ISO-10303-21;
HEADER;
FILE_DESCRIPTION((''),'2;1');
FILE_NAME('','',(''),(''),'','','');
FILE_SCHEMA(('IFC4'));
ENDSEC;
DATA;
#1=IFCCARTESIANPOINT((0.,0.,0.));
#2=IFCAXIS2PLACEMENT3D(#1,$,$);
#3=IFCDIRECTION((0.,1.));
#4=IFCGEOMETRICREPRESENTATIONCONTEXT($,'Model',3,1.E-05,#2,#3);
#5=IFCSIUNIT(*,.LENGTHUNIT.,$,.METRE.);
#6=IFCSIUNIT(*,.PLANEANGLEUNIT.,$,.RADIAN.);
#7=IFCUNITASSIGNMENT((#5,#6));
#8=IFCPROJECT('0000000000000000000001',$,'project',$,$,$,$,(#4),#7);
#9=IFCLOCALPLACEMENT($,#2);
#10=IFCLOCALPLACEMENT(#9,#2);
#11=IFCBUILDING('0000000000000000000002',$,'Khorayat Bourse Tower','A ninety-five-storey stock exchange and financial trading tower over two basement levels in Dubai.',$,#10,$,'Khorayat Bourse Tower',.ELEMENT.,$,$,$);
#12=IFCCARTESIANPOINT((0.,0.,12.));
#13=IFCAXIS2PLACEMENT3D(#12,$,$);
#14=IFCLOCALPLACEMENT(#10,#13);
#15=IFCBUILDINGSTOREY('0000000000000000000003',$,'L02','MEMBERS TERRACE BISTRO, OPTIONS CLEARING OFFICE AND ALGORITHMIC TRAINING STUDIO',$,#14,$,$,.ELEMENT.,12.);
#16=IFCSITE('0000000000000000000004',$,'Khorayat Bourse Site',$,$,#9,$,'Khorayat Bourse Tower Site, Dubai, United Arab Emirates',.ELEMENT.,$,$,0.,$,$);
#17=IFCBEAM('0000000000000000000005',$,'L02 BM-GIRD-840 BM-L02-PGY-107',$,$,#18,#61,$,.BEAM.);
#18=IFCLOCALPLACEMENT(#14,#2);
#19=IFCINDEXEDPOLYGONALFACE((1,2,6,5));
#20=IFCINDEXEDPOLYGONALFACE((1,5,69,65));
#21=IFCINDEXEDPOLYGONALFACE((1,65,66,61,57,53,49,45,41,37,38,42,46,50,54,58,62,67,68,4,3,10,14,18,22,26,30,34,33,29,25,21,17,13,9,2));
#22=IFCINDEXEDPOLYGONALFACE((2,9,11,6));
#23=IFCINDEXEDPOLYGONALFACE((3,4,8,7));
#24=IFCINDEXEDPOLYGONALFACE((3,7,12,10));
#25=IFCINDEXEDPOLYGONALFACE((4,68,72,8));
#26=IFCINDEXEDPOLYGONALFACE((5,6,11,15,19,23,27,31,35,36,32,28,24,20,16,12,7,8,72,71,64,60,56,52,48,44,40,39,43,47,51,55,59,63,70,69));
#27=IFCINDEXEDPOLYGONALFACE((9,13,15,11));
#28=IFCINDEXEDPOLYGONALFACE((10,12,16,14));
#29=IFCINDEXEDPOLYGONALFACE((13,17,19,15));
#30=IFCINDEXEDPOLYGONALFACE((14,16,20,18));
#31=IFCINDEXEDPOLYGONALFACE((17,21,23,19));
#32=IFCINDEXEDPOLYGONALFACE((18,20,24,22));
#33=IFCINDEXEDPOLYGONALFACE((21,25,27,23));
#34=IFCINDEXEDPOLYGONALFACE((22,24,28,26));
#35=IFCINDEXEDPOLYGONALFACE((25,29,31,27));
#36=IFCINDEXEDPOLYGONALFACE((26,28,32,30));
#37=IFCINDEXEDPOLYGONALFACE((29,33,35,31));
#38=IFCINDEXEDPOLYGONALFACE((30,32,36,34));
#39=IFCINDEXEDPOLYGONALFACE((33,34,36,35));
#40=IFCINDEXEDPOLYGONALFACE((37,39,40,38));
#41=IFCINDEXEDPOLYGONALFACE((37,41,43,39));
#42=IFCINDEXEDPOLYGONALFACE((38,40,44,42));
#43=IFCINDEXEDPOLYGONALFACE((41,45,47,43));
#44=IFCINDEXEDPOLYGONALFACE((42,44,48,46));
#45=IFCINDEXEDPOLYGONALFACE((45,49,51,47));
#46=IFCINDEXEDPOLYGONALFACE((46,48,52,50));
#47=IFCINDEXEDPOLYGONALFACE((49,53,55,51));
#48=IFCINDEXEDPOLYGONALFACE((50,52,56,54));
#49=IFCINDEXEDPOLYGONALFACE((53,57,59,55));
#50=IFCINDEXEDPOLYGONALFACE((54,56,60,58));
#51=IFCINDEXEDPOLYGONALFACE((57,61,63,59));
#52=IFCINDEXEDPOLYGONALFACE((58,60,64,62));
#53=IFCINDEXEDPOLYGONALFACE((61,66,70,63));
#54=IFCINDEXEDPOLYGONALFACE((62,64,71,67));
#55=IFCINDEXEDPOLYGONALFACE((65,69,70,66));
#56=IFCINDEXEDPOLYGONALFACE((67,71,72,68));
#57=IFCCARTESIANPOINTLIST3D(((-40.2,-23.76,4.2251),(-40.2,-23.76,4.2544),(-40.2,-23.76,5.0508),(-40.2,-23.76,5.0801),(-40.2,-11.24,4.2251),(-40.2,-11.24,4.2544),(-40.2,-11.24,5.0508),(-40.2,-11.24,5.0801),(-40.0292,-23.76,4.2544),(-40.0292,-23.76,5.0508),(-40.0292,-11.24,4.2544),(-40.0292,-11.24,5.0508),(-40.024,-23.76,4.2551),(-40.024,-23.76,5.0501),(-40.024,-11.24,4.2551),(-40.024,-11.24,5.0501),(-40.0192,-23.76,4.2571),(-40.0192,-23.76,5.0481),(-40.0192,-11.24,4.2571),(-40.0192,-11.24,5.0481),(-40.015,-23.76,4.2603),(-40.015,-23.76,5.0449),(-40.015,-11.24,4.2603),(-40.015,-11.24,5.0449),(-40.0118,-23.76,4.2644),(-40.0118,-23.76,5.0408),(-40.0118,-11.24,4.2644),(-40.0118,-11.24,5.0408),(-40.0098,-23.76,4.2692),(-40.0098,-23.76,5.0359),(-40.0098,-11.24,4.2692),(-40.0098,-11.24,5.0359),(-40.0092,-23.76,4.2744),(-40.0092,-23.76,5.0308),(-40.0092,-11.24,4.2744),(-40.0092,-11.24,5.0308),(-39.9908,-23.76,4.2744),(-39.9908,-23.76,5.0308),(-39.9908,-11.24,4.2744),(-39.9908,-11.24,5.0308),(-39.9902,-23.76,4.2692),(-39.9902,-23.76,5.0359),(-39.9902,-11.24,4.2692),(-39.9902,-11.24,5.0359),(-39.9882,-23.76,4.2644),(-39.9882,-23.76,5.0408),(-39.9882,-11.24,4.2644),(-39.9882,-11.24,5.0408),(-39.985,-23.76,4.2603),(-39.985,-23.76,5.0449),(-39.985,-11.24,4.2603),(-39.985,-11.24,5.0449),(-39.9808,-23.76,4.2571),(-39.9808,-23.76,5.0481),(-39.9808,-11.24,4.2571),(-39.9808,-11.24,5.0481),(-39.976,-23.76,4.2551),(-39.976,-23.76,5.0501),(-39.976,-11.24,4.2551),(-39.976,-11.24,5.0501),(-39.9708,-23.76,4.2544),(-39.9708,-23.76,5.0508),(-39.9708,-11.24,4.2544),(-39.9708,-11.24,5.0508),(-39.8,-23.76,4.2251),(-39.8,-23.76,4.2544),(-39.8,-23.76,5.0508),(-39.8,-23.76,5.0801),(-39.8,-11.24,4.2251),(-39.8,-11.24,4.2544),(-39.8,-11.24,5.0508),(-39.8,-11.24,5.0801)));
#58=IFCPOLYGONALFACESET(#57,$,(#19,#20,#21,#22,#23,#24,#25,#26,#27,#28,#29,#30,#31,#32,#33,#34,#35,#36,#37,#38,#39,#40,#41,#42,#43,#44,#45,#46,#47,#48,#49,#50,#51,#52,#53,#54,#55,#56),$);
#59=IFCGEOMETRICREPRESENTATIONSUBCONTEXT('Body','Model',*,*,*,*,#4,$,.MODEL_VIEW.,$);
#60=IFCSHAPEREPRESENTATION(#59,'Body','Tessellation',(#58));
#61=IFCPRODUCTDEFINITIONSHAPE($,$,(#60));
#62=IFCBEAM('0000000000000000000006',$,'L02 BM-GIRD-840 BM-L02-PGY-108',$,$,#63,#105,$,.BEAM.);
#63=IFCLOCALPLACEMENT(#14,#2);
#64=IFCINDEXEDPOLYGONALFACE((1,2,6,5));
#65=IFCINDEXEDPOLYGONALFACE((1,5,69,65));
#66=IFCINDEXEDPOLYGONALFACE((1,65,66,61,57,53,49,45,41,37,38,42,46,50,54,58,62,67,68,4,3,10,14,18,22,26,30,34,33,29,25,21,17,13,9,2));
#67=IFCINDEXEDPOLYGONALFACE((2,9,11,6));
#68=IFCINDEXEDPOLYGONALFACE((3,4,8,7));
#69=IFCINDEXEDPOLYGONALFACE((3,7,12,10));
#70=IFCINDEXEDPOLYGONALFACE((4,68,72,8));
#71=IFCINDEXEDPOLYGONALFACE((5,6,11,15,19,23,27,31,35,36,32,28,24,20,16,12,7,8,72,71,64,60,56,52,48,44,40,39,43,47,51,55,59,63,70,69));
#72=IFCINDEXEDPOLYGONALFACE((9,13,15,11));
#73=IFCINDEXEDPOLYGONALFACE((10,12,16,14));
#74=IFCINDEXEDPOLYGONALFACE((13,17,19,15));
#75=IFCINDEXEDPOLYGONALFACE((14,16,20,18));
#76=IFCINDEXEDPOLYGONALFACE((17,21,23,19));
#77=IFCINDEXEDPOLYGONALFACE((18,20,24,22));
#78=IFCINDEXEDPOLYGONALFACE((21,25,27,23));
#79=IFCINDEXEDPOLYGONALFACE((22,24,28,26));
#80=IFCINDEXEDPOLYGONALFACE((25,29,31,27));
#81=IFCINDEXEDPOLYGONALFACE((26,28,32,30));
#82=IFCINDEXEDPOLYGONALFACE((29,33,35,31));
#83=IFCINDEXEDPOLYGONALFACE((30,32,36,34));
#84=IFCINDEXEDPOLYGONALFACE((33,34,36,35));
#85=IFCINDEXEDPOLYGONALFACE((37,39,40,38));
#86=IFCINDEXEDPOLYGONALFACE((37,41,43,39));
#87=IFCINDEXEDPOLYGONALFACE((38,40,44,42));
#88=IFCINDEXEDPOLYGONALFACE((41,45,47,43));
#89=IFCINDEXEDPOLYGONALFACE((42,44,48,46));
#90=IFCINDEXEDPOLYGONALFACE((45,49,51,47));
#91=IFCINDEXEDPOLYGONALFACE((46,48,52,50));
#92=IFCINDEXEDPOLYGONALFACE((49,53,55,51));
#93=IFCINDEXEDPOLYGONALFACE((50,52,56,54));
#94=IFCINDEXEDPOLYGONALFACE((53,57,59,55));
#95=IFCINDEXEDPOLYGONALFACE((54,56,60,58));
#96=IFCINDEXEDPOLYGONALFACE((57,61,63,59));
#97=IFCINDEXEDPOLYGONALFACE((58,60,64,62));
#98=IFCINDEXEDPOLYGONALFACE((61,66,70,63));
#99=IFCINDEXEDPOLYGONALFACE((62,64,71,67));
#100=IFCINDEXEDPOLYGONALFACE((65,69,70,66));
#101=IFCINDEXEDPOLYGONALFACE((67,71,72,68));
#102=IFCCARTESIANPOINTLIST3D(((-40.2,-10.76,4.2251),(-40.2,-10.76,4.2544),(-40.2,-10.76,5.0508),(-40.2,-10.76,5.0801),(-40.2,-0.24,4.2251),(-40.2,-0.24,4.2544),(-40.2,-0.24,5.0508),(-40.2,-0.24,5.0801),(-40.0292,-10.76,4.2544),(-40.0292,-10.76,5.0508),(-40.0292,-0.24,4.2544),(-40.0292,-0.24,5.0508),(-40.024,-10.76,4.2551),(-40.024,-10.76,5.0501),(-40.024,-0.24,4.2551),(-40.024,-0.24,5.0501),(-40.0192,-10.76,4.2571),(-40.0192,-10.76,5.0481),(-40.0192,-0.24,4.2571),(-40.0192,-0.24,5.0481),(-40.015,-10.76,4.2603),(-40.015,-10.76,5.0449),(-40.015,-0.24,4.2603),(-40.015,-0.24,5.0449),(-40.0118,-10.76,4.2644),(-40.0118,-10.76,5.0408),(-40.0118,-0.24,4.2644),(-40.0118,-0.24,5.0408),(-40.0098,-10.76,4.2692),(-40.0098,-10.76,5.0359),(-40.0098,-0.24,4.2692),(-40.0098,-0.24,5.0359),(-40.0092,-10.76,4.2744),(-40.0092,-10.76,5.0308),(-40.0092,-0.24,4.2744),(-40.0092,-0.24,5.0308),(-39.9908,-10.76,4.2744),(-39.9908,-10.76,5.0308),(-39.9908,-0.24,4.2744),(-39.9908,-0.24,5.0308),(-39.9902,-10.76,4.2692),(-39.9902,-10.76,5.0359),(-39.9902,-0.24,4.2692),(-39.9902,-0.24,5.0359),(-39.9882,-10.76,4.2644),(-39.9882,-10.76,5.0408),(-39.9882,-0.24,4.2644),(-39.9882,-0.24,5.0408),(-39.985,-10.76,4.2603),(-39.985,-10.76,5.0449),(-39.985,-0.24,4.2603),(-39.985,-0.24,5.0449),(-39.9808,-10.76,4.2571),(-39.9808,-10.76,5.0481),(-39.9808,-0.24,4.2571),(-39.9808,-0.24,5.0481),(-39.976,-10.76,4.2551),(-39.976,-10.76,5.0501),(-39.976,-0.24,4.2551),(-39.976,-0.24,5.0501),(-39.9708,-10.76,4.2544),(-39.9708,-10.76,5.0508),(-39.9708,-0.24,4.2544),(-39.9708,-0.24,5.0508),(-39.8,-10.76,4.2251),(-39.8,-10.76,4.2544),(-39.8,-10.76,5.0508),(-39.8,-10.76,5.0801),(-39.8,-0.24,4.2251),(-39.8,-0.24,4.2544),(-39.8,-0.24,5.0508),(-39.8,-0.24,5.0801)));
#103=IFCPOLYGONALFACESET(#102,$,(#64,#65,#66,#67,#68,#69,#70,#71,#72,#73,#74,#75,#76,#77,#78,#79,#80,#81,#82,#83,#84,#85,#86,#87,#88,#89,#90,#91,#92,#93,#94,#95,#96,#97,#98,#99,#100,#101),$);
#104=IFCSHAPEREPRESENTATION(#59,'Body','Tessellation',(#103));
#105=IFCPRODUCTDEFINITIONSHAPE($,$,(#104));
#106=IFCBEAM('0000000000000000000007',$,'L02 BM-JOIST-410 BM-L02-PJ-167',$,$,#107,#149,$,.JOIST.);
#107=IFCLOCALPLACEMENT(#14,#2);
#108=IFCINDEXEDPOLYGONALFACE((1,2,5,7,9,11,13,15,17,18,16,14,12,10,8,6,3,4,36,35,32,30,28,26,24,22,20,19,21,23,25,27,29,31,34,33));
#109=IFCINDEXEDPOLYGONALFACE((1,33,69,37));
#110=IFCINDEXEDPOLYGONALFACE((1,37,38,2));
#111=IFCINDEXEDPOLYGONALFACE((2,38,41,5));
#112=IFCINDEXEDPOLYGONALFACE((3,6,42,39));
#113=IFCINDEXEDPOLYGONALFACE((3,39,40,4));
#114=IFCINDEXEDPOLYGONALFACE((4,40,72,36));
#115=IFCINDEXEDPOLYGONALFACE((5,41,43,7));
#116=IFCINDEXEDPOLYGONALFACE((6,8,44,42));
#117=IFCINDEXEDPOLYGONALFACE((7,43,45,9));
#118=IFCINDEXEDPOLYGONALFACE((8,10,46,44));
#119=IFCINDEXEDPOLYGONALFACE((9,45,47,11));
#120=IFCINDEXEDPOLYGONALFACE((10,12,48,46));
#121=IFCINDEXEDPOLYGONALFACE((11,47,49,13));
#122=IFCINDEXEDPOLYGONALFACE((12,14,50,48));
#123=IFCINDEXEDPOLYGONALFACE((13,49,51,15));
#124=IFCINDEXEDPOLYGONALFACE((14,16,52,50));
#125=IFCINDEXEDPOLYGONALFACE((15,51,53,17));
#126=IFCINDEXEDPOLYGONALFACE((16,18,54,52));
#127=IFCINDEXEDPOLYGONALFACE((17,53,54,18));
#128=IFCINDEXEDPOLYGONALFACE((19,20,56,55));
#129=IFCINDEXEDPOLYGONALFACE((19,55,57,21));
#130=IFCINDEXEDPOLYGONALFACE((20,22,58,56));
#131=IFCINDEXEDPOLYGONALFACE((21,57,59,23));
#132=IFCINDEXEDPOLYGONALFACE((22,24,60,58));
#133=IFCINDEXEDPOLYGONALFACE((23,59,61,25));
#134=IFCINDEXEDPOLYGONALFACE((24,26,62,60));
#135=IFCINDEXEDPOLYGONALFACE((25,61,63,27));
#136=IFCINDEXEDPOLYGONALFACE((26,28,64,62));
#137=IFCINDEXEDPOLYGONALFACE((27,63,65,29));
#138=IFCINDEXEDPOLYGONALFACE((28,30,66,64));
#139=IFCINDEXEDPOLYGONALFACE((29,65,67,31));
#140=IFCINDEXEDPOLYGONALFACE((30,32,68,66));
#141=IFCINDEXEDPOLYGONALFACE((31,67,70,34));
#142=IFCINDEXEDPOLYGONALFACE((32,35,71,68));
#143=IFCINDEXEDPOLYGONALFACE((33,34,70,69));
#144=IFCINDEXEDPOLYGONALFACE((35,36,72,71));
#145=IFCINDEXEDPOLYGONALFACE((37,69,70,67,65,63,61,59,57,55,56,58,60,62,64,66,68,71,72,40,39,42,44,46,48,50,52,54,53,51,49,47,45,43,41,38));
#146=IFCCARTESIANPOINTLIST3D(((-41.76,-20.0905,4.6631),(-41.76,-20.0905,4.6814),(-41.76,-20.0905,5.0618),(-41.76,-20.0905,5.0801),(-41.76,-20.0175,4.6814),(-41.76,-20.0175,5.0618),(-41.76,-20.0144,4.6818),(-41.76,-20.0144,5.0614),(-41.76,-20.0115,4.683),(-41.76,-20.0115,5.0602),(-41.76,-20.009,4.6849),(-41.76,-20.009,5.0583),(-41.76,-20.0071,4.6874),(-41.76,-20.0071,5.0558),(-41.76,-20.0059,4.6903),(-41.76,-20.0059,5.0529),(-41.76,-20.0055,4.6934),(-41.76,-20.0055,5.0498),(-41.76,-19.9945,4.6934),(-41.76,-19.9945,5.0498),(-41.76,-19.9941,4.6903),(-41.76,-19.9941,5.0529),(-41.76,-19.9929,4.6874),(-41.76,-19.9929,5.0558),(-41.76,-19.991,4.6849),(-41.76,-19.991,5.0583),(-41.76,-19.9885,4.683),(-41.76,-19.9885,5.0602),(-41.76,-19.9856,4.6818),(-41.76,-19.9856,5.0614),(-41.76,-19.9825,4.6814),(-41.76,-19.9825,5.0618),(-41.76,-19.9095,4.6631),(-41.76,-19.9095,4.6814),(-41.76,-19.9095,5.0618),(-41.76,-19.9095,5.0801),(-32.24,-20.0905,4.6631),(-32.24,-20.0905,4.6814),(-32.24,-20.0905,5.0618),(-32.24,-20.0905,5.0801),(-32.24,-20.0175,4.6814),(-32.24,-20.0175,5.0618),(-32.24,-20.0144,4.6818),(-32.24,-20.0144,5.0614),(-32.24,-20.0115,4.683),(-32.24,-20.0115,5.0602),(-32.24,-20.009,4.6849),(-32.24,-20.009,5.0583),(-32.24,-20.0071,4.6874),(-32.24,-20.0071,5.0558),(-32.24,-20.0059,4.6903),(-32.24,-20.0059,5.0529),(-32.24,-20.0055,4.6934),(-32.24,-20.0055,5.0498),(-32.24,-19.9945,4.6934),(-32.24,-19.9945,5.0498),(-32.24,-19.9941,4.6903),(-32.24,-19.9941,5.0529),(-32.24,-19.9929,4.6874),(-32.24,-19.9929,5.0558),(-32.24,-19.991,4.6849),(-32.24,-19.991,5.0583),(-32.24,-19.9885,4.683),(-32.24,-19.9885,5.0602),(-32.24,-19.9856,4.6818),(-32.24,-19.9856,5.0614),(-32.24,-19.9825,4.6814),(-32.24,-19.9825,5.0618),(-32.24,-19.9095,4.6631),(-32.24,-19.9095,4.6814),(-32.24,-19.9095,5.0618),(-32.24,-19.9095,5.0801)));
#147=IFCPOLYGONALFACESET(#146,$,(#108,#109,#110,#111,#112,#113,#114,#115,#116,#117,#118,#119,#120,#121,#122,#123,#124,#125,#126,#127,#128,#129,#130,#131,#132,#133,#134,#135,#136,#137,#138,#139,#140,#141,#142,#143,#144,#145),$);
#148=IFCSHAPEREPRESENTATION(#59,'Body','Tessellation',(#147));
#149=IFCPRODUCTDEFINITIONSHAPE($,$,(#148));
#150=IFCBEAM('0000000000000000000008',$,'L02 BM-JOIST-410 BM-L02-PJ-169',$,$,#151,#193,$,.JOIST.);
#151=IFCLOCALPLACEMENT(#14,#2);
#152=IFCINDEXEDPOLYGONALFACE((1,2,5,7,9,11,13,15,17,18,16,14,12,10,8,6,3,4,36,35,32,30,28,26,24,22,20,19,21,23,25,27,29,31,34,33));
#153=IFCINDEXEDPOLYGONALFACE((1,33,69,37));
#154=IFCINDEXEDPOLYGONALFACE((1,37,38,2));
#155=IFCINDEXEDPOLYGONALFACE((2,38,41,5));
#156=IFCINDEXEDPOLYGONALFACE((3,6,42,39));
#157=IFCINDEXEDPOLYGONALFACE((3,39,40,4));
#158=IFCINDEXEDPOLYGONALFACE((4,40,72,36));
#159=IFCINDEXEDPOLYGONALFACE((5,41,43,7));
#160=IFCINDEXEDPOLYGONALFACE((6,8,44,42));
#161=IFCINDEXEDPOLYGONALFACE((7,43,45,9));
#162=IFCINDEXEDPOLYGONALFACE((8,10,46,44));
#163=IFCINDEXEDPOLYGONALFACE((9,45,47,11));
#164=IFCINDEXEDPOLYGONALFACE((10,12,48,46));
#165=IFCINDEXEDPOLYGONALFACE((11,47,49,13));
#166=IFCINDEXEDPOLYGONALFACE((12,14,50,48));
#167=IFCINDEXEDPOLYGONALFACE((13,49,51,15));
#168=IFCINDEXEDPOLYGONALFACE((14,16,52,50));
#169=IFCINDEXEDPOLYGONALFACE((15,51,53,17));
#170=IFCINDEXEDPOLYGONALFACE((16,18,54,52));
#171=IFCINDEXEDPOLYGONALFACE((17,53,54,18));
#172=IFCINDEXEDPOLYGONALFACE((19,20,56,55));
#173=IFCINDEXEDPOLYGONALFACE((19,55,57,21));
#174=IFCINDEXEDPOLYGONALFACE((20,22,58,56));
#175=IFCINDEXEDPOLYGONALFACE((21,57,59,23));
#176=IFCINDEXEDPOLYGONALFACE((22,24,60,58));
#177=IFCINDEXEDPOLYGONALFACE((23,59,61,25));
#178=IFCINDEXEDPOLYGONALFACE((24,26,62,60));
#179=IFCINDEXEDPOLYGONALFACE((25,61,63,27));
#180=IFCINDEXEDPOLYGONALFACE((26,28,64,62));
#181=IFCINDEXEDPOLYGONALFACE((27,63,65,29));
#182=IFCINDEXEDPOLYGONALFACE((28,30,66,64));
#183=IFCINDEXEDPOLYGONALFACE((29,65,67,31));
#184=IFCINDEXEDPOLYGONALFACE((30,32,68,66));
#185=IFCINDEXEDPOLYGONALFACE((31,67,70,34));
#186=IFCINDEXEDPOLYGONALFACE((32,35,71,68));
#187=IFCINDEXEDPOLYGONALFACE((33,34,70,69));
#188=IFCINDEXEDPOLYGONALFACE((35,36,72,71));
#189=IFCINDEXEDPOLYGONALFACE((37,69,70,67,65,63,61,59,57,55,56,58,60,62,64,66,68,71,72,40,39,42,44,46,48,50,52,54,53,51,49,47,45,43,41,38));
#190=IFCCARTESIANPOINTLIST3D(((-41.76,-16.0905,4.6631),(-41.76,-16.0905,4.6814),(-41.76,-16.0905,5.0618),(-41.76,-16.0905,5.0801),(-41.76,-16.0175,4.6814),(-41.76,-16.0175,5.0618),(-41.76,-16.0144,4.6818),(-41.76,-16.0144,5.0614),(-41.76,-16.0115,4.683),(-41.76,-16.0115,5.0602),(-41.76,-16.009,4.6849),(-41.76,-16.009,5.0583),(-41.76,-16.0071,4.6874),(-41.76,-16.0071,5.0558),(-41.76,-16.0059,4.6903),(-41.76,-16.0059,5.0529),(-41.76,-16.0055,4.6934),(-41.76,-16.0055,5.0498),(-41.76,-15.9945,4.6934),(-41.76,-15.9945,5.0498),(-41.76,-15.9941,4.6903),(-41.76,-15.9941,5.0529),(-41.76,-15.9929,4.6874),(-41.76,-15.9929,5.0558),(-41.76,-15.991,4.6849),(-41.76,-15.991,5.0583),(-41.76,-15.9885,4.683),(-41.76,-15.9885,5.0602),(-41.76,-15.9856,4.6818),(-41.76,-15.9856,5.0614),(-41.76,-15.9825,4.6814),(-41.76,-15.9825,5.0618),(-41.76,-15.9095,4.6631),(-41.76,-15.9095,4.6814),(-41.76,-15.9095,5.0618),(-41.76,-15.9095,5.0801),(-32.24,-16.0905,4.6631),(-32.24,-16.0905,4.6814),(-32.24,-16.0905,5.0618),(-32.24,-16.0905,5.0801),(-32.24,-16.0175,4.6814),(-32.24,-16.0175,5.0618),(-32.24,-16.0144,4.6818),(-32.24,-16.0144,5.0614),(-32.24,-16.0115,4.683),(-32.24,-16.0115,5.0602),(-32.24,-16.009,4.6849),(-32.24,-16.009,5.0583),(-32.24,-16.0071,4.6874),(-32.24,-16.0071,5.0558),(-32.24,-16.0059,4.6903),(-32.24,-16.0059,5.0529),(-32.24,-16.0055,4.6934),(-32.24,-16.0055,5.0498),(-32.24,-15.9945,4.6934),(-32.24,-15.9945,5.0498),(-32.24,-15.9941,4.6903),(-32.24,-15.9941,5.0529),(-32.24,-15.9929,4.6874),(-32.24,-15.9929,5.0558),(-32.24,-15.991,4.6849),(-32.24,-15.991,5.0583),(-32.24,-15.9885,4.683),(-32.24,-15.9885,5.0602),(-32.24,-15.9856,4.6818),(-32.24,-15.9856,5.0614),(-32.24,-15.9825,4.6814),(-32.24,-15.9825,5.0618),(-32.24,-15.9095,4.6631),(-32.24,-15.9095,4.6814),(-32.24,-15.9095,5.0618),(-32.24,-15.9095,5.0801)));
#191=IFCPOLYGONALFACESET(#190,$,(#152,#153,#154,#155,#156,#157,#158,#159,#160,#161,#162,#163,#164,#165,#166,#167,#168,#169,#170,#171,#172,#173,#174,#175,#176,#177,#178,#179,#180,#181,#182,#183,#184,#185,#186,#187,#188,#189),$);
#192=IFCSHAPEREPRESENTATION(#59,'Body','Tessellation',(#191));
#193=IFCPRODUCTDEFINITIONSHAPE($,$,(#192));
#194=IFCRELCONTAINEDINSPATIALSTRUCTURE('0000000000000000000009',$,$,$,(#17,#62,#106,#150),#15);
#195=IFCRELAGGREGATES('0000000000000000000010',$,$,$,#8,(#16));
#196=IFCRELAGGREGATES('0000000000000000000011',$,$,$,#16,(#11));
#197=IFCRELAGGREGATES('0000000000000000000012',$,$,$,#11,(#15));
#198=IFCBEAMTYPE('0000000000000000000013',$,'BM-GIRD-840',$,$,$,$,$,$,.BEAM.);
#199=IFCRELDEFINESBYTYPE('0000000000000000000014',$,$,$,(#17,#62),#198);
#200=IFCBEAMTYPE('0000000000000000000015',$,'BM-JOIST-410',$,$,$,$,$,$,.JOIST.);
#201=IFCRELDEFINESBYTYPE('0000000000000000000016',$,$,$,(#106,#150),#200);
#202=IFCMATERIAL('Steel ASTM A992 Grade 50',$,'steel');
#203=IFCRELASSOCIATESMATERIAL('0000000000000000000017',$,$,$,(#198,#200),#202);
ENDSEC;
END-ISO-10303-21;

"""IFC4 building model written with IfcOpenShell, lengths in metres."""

from ifc_helpers import new_model, si_unit, direction, frame, origin, origin_2d, place, context, subcontext, project, spatial, i_section, extrude, source, transform, mapped, material, material_profile, profile_set, type_object, element, save


model = new_model("IFC4")

# Units and contexts
model_context = context("Model", 3, precision=1e-05, world=origin(), true_north=direction((0.0, 1.0)))
body_context = subcontext(model_context, "Body", "Model", "MODEL_VIEW")
ifc_project = project(units=[si_unit("LENGTHUNIT", "METRE"), si_unit("PLANEANGLEUNIT", "RADIAN")], contexts=[model_context])

# Site, building, storey
site_placement = place(None, origin())
site = spatial("IfcSite", under=ifc_project, at=site_placement, Name="Khorayat Bourse Site", LongName="Khorayat Bourse Tower Site, Dubai, United Arab Emirates", CompositionType="ELEMENT", RefElevation=0.0)
building_placement = place(site_placement, origin())
building = spatial("IfcBuilding", under=site, at=building_placement, Name="Khorayat Bourse Tower", Description="A ninety-five-storey stock exchange and financial trading tower over two basement levels in Dubai.", LongName="Khorayat Bourse Tower", CompositionType="ELEMENT")
storey_placement = place(building_placement, frame((0.0, 0.0, 12.0)))
storey = spatial("IfcBuildingStorey", under=building, at=storey_placement, Name="L02", Description="MEMBERS TERRACE BISTRO, OPTIONS CLEARING OFFICE AND ALGORITHMIC TRAINING STUDIO", CompositionType="ELEMENT", Elevation=12.0)

# Beams
ifc_material_1 = material(Name="Steel ASTM A992 Grade 50", Category="steel")
ifc_material_profile_1 = material_profile(ifc_material_1, i_section(OverallWidth=0.3999, OverallDepth=0.855, WebThickness=0.0183, FlangeThickness=0.0293, FilletRadius=0.02, at=origin_2d()), Name="W840X299")
ifc_profile_set_1 = profile_set([ifc_material_profile_1], Name="Steel ASTM A992 Grade 50")
beam_type_1 = type_object("IfcBeamType", Name="BM-GIRD-840", PredefinedType="BEAM", material=ifc_profile_set_1)
shared_shape_1 = source(origin(), body_context, "Body", "SweptSolid", [
    extrude(i_section(OverallWidth=0.3999, OverallDepth=0.855, WebThickness=0.0183, FlangeThickness=0.0293, FilletRadius=0.02, at=origin_2d()), origin(), (0.0, 0.0, 1.0), 12.52),
])
beam_1_placement = place(storey_placement, frame((-40.0, -23.76, 4.6526), z_axis=(0.0, 1.0, 0.0), x_axis=(-1.0, 0.0, 0.0)))
element("IfcBeam", 1, at=beam_1_placement, inside=storey, type_object=beam_type_1, Name="L02 BM-GIRD-840 BM-L02-PGY-107", PredefinedType="BEAM", context=body_context, shape_type="MappedRepresentation", body=[
    mapped(shared_shape_1, transform((0.0, 0.0, 0.0), scale=1.0)),
])
shared_shape_2 = source(origin(), body_context, "Body", "SweptSolid", [
    extrude(i_section(OverallWidth=0.3999, OverallDepth=0.855, WebThickness=0.0183, FlangeThickness=0.0293, FilletRadius=0.02, at=origin_2d()), origin(), (0.0, 0.0, 1.0), 10.52),
])
beam_2_placement = place(storey_placement, frame((-40.0, -10.76, 4.6526), z_axis=(0.0, 1.0, 0.0), x_axis=(-1.0, 0.0, 0.0)))
element("IfcBeam", 2, at=beam_2_placement, inside=storey, type_object=beam_type_1, Name="L02 BM-GIRD-840 BM-L02-PGY-108", PredefinedType="BEAM", context=body_context, shape_type="MappedRepresentation", body=[
    mapped(shared_shape_2, transform((0.0, 0.0, 0.0), scale=1.0)),
])
ifc_material_profile_2 = material_profile(ifc_material_1, i_section(OverallWidth=0.1809, OverallDepth=0.417, WebThickness=0.011, FlangeThickness=0.0183, FilletRadius=0.012, at=origin_2d()), Name="W410X85")
ifc_profile_set_2 = profile_set([ifc_material_profile_2], Name="Steel ASTM A992 Grade 50")
beam_type_2 = type_object("IfcBeamType", Name="BM-JOIST-410", PredefinedType="JOIST", material=ifc_profile_set_2)
shared_shape_3 = source(origin(), body_context, "Body", "SweptSolid", [
    extrude(i_section(OverallWidth=0.1809, OverallDepth=0.417, WebThickness=0.011, FlangeThickness=0.0183, FilletRadius=0.012, at=origin_2d()), origin(), (0.0, 0.0, 1.0), 9.52),
])
for number, where, z_axis, x_axis, name in (
    (3, (-41.76, -20.0, 4.8716), (1.0, 0.0, 0.0), (0.0, 1.0, 0.0), "L02 BM-JOIST-410 BM-L02-PJ-167"),
    (4, (-41.76, -16.0, 4.8716), (1.0, 0.0, 0.0), (0.0, 1.0, 0.0), "L02 BM-JOIST-410 BM-L02-PJ-169"),
):
    element("IfcBeam", number, at=place(storey_placement, frame(where, z_axis=z_axis, x_axis=x_axis)), inside=storey, type_object=beam_type_2, Name=name, PredefinedType="JOIST", context=body_context, shape_type="MappedRepresentation", body=[
        mapped(shared_shape_3, transform((0.0, 0.0, 0.0), scale=1.0)),
    ])

save(model, "model.ifc")
